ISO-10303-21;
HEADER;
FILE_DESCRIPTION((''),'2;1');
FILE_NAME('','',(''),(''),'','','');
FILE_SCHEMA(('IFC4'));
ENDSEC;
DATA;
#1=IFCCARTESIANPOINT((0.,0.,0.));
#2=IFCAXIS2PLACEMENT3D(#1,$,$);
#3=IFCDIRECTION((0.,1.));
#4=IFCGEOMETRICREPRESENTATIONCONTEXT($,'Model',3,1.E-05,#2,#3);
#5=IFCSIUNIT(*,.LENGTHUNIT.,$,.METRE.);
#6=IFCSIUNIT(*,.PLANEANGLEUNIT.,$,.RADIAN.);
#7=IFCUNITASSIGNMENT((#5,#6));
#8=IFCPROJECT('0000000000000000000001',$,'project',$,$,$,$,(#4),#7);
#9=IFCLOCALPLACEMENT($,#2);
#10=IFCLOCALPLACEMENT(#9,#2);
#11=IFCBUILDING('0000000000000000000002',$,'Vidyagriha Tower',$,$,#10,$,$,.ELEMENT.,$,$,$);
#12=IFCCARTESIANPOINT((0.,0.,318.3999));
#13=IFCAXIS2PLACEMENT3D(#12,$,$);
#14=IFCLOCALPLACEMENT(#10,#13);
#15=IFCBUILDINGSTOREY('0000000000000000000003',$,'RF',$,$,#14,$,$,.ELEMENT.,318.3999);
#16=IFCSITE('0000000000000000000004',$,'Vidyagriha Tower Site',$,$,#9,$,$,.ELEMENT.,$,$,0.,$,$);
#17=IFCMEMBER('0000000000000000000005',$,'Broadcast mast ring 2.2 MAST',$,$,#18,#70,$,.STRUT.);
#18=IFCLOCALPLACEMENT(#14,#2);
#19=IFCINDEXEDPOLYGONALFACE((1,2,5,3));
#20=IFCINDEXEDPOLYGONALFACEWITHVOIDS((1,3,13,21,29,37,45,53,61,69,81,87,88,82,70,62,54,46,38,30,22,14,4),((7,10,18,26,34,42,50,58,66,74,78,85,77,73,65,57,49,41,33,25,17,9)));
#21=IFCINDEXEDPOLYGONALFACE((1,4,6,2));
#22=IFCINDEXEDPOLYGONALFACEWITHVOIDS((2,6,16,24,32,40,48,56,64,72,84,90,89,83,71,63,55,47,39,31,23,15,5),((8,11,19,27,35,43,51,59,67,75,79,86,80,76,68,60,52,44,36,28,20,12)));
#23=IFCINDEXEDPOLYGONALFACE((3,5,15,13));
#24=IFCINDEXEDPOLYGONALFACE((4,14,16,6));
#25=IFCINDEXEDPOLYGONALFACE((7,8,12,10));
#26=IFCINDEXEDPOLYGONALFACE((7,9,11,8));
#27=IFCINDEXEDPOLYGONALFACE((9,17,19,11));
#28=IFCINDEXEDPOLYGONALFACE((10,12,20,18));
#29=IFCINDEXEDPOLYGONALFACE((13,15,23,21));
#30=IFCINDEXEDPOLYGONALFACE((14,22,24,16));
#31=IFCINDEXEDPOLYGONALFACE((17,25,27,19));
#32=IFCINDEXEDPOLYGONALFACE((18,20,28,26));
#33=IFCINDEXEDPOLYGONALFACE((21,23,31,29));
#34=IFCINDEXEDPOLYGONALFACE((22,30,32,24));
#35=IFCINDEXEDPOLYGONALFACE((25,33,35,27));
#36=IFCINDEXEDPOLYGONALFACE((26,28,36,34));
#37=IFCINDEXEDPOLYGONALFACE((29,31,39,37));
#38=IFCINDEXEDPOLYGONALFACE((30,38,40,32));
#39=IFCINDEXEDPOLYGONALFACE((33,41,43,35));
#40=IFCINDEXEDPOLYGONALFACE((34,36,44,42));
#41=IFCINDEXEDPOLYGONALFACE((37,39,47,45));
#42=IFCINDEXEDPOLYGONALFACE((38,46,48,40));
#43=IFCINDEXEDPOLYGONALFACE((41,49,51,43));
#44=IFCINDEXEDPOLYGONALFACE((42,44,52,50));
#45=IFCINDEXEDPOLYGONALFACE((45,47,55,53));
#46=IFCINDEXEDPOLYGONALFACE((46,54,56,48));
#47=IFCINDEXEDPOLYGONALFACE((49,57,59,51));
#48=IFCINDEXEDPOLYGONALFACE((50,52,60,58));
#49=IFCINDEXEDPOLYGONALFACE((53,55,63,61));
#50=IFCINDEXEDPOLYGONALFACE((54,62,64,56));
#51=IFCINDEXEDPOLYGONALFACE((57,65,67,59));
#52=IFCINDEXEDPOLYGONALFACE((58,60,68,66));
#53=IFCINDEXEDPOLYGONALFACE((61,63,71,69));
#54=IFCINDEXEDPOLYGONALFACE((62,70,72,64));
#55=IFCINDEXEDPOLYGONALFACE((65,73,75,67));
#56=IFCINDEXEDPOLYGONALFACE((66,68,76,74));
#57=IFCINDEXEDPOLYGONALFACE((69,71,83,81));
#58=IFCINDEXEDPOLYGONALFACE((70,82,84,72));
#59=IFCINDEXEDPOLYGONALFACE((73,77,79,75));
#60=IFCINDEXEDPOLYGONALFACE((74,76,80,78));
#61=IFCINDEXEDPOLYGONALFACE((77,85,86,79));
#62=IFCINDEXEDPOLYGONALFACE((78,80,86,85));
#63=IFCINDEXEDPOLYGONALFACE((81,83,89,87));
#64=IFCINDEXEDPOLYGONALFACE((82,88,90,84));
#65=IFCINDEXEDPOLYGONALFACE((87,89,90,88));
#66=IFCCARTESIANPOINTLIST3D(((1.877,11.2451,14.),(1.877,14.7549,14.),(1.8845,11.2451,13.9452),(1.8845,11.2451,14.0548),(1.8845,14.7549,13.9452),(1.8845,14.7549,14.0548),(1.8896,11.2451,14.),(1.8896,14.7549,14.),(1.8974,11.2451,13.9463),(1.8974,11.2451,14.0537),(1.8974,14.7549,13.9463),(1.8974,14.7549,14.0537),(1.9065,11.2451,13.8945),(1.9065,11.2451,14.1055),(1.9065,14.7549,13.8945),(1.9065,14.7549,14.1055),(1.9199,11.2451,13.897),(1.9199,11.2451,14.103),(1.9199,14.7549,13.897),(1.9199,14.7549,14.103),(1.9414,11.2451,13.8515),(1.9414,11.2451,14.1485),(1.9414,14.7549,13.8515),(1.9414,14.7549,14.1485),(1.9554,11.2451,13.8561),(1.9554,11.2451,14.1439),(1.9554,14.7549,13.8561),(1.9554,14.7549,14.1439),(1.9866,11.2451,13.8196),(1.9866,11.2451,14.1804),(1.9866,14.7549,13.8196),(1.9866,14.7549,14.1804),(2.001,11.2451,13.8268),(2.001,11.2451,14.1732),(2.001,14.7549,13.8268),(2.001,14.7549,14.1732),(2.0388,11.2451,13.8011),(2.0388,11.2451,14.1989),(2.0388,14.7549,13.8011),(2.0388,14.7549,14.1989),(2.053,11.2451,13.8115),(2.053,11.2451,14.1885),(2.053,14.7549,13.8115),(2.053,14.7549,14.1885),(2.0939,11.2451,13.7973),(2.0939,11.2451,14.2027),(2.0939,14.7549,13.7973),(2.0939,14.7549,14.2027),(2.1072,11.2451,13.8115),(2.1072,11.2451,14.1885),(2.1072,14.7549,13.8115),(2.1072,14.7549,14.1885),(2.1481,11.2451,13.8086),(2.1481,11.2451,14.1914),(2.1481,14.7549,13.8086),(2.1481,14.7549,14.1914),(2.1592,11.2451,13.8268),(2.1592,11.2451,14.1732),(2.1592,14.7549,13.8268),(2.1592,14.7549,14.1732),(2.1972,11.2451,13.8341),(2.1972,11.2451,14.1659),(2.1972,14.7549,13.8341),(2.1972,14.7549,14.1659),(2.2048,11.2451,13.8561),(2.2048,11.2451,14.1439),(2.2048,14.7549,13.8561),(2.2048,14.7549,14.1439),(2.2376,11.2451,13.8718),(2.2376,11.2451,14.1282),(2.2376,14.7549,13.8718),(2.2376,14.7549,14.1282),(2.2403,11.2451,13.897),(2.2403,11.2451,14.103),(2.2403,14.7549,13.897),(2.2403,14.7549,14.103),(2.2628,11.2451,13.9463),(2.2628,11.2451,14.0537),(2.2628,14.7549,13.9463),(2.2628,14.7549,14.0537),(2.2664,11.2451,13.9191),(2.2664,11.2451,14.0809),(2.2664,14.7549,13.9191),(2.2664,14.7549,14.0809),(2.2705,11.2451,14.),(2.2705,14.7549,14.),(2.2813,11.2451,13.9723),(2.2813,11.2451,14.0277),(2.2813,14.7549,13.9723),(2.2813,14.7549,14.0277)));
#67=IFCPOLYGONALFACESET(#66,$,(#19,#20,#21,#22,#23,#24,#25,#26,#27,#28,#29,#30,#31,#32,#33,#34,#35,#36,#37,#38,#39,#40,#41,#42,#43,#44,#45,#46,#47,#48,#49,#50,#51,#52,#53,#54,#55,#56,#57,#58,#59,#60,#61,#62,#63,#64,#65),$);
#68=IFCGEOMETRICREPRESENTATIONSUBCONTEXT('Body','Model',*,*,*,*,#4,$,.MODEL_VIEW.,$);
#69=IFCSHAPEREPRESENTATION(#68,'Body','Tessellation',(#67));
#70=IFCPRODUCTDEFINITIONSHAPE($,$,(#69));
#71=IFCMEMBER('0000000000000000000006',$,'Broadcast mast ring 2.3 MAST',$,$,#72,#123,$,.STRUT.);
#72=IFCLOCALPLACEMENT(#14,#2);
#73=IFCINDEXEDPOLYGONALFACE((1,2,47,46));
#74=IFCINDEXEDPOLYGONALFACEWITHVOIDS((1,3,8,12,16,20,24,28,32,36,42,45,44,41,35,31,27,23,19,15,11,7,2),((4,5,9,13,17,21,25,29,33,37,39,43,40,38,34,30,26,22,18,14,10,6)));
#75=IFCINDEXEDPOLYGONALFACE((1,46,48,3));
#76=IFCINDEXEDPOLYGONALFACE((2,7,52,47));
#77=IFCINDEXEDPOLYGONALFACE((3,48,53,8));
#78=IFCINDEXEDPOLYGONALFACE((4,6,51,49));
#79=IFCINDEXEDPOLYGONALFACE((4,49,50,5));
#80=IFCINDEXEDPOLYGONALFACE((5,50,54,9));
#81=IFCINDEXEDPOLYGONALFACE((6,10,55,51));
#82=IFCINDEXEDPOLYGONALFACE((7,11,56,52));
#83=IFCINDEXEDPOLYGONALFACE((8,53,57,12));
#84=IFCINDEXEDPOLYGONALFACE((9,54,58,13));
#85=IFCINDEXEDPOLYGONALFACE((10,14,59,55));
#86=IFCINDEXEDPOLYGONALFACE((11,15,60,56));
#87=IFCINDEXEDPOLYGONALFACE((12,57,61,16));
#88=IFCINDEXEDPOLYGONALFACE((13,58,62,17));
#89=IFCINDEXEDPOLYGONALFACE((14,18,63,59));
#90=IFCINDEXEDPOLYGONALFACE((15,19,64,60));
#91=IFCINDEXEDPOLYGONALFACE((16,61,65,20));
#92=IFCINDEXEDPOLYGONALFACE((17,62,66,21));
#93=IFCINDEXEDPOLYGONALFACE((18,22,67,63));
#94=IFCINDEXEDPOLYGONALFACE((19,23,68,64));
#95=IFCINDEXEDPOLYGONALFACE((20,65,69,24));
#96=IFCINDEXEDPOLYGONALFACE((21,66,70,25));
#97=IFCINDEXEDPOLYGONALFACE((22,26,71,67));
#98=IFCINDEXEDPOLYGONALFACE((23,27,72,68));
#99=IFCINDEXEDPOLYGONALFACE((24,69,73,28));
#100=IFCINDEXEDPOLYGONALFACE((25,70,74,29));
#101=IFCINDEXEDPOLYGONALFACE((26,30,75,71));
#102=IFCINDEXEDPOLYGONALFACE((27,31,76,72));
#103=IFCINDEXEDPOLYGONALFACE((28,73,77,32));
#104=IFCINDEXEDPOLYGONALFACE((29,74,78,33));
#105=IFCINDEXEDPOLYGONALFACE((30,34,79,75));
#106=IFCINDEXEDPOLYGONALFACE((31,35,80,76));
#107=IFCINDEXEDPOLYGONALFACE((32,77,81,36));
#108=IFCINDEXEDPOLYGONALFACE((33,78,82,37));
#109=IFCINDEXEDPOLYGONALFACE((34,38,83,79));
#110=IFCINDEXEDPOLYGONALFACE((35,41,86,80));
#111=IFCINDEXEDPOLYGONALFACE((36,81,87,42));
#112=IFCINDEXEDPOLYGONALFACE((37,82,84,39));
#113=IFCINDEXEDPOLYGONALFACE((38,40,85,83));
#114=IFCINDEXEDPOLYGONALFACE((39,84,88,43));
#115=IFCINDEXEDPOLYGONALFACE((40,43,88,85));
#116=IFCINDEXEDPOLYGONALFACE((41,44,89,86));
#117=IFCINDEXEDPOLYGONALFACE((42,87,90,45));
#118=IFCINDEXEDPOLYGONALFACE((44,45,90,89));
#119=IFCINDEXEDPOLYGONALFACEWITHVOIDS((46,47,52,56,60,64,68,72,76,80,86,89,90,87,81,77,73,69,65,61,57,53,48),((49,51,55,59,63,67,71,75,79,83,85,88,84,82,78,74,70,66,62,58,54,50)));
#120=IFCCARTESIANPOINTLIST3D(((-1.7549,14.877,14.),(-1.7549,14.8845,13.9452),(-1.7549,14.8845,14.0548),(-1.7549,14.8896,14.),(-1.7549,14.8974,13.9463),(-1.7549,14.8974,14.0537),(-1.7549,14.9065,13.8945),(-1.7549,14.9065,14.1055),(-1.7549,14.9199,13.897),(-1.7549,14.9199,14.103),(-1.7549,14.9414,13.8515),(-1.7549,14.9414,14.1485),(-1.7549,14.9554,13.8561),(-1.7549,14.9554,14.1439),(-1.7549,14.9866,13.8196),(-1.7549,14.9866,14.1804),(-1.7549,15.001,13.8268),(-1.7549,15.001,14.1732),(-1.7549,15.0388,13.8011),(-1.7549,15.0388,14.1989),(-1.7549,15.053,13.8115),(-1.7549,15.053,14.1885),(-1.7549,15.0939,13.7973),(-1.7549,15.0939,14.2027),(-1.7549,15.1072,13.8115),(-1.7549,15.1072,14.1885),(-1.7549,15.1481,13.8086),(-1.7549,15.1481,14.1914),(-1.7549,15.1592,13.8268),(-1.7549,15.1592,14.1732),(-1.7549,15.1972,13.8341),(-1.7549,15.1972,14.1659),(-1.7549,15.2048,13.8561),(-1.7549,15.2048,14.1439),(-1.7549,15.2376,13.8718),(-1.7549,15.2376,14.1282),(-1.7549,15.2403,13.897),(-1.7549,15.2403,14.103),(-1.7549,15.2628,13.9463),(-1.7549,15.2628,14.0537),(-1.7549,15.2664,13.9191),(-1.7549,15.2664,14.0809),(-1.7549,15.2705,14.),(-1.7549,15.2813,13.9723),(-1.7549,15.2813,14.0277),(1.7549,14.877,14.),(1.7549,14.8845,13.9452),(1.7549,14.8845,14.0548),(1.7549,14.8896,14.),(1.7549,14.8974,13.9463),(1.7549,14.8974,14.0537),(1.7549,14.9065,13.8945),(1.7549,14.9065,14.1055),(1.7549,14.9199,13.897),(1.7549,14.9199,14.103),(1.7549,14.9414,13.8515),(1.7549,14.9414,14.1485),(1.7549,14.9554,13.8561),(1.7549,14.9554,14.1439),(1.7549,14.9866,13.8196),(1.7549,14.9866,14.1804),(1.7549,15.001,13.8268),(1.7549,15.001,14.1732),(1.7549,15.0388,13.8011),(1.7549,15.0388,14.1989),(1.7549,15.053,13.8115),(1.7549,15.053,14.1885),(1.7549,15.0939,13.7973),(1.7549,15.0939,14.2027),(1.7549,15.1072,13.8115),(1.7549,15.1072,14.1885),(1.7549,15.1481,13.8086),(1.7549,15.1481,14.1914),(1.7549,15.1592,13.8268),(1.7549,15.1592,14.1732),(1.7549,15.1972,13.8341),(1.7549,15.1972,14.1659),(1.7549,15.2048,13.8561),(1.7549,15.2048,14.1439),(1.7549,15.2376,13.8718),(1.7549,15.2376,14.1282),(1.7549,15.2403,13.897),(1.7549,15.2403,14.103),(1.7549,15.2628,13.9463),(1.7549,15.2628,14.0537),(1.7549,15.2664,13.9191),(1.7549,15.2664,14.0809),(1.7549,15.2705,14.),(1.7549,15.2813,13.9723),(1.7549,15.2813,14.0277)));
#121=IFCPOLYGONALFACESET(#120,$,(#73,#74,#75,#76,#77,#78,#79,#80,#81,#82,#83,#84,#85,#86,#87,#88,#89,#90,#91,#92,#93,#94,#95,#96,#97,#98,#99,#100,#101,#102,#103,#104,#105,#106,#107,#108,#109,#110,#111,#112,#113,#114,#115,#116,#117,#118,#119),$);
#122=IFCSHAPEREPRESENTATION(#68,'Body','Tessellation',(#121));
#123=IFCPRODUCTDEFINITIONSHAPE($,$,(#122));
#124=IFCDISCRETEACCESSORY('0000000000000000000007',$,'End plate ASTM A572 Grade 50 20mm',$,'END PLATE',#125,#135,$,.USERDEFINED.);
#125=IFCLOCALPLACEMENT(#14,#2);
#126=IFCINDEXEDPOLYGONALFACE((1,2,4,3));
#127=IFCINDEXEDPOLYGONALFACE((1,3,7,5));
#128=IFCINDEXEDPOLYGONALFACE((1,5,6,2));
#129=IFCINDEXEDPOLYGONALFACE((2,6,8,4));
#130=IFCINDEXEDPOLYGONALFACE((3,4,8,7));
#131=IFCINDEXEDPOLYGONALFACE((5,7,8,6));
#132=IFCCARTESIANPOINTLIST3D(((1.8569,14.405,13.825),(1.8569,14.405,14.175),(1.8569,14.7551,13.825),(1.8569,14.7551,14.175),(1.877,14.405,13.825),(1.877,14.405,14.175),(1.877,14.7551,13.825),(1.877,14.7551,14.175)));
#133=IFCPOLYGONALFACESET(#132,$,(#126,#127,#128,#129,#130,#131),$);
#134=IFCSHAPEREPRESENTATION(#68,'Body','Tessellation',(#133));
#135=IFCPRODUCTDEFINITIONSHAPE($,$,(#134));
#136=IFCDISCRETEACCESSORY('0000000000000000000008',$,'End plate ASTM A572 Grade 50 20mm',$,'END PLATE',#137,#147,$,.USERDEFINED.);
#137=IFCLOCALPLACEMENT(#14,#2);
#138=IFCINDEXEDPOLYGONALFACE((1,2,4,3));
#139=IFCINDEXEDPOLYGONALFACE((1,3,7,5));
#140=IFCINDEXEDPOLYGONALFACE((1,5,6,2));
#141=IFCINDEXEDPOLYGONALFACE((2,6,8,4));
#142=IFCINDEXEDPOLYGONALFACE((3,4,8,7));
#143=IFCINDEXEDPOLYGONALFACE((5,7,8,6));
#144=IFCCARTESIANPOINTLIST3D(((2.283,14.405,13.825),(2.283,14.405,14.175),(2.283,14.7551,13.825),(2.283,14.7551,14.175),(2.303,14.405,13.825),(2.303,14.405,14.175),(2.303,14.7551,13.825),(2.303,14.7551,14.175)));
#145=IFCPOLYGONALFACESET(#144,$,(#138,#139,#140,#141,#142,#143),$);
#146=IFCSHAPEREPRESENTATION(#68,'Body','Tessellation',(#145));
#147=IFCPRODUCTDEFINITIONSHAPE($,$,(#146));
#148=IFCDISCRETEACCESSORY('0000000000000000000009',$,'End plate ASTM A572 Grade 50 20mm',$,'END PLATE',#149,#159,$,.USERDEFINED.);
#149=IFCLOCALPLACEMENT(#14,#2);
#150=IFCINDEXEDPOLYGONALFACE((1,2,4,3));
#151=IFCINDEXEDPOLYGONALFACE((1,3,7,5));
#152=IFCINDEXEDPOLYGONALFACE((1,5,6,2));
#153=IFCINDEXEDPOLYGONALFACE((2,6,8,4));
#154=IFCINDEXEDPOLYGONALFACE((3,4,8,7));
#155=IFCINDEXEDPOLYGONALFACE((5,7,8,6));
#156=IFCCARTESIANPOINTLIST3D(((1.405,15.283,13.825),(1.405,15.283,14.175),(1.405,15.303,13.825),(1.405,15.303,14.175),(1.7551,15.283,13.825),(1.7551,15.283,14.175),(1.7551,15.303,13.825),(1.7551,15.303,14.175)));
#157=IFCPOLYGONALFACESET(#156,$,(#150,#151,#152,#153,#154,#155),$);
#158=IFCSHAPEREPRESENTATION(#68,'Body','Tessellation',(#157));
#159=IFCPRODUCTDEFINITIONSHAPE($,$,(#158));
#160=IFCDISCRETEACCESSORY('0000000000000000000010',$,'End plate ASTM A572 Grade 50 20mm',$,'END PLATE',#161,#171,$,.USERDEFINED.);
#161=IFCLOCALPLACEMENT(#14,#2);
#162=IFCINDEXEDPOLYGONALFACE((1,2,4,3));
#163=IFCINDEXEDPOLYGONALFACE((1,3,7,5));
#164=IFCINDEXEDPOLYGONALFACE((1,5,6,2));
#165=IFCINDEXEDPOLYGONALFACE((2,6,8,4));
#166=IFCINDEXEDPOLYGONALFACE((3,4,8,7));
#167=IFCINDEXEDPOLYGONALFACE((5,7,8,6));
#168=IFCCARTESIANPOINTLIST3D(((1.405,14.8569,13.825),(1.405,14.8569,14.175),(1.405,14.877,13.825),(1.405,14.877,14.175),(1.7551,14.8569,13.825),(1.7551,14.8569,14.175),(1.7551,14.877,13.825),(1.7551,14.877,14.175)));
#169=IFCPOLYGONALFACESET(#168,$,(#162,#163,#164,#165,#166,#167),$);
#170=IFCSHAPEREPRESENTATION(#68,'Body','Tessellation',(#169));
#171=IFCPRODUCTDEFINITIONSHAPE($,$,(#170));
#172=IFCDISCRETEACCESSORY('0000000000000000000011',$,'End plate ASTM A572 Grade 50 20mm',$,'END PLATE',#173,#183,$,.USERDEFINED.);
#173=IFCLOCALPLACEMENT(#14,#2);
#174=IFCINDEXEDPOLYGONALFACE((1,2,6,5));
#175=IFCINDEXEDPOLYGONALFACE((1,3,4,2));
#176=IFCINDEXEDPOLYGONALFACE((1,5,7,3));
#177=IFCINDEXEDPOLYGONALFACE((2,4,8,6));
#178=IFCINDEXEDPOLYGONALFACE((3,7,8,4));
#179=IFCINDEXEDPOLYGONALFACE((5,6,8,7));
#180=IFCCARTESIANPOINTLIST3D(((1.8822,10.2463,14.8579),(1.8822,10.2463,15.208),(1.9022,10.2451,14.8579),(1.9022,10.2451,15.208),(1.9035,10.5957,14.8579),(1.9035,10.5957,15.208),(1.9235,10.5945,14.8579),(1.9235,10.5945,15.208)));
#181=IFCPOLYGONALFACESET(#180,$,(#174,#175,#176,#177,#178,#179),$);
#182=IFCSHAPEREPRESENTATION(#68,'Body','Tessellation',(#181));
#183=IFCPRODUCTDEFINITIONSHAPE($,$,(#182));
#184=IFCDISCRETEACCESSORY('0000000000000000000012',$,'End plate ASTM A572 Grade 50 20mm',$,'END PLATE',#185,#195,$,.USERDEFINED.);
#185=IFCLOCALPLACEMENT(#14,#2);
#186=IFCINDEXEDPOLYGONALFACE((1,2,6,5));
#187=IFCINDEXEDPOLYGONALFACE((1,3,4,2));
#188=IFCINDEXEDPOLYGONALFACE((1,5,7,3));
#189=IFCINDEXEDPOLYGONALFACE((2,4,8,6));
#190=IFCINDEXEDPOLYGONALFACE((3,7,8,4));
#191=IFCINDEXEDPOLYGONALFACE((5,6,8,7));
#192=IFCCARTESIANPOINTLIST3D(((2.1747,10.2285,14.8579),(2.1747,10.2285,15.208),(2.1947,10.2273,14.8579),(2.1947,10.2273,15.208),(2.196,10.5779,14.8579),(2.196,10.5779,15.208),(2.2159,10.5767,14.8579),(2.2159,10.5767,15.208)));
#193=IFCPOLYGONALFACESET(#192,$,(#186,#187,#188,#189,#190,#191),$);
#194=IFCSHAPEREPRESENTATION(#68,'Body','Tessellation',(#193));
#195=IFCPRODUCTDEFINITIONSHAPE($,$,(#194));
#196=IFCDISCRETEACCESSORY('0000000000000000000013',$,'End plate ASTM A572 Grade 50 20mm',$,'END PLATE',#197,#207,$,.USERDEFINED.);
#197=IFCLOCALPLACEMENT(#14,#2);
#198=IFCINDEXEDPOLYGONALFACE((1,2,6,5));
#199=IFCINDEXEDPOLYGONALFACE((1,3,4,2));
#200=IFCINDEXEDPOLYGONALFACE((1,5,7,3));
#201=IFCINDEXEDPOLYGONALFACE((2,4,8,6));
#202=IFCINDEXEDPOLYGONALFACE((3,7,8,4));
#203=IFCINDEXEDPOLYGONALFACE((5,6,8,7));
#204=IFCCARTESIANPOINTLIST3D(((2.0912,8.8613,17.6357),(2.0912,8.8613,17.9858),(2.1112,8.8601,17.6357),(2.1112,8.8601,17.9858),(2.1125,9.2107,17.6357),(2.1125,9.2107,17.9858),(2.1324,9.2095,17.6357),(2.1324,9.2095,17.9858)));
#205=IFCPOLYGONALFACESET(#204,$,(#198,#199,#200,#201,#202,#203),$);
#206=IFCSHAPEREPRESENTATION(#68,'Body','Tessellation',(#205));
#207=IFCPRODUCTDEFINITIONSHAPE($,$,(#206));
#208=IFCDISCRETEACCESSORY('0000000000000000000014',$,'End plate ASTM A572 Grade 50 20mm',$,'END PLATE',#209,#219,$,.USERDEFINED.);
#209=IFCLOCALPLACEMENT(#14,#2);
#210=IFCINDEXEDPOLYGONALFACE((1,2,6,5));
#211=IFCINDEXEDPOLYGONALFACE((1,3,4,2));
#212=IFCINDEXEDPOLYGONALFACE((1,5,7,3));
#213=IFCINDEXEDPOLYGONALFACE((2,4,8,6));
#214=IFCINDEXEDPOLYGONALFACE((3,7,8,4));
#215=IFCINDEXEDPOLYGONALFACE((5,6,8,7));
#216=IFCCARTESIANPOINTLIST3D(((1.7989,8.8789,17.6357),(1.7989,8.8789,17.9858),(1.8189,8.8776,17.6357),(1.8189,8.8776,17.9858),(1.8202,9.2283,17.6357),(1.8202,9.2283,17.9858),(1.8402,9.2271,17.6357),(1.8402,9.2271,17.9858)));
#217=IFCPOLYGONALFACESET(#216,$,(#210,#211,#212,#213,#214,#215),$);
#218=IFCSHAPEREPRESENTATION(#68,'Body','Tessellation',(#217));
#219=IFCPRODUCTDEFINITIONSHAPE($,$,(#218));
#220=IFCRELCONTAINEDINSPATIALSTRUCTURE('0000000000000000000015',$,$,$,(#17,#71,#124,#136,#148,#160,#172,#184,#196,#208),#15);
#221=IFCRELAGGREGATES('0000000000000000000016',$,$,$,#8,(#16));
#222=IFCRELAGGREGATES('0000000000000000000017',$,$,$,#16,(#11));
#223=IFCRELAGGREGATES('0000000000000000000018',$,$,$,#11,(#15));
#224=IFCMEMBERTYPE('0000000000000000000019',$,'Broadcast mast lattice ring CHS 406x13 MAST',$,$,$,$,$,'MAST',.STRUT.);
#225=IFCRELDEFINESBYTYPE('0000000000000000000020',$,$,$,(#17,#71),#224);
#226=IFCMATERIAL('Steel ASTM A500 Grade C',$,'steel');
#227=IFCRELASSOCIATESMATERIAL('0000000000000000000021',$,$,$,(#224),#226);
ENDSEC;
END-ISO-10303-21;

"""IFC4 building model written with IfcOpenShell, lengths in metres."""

from ifc_helpers import new_model, si_unit, direction, frame, origin, origin_2d, place, context, subcontext, project, spatial, rectangle, hollow_circle, extrude, material, material_profile, profile_set, type_object, element, save


model = new_model("IFC4")

# Units and contexts
model_context = context("Model", 3, precision=1e-05, world=origin(), true_north=direction((0.0, 1.0)))
body_context = subcontext(model_context, "Body", "Model", "MODEL_VIEW")
ifc_project = project(units=[si_unit("LENGTHUNIT", "METRE"), si_unit("PLANEANGLEUNIT", "RADIAN")], contexts=[model_context])

# Site, building, storey
site_placement = place(None, origin())
site = spatial("IfcSite", under=ifc_project, at=site_placement, Name="Vidyagriha Tower Site", CompositionType="ELEMENT", RefElevation=0.0)
building_placement = place(site_placement, origin())
building = spatial("IfcBuilding", under=site, at=building_placement, Name="Vidyagriha Tower", CompositionType="ELEMENT")
storey_placement = place(building_placement, frame((0.0, 0.0, 318.3999)))
storey = spatial("IfcBuildingStorey", under=building, at=storey_placement, Name="RF", CompositionType="ELEMENT", Elevation=318.3999)

# Members
ifc_material_1 = material(Name="Steel ASTM A500 Grade C", Category="steel")
ifc_material_profile_1 = material_profile(ifc_material_1, hollow_circle(Radius=0.2031, WallThickness=0.0127, at=origin_2d()), Name="Broadcast mast lattice ring CHS 406x13 MAST")
ifc_profile_set_1 = profile_set([ifc_material_profile_1], Name="Steel ASTM A500 Grade C")
member_type_1 = type_object("IfcMemberType", Name="Broadcast mast lattice ring CHS 406x13 MAST", ElementType="MAST", PredefinedType="STRUT", material=ifc_profile_set_1)
for number, where, z_axis, x_axis, name in (
    (1, (2.0801, 11.2451, 14.0), (0.0, 1.0, 0.0), (-1.0, 0.0, 0.0), "Broadcast mast ring 2.2 MAST"),
    (2, (1.7549, 15.0801, 14.0), (-1.0, 0.0, 0.0), (0.0, -1.0, 0.0), "Broadcast mast ring 2.3 MAST"),
):
    element("IfcMember", number, at=place(storey_placement, frame(where, z_axis=z_axis, x_axis=x_axis)), inside=storey, type_object=member_type_1, Name=name, PredefinedType="STRUT", context=body_context, shape_type="SweptSolid", body=[
        extrude(hollow_circle(Radius=0.2031, WallThickness=0.0127, at=origin_2d()), origin(), (0.0, 0.0, 1.0), 3.5098),
    ])

# Discrete accessories
for number, where, z_axis, x_axis, name in (
    (3, (1.8669, 14.5801, 13.825), (0.0, 0.0, 1.0), (0.0, 1.0, 0.0), "End plate ASTM A572 Grade 50 20mm"),
    (4, (2.293, 14.5801, 13.825), (0.0, 0.0, 1.0), (0.0, 1.0, 0.0), "End plate ASTM A572 Grade 50 20mm"),
):
    element("IfcDiscreteAccessory", number, at=place(storey_placement, frame(where, z_axis=z_axis, x_axis=x_axis)), inside=storey, Name=name, ObjectType="END PLATE", PredefinedType="USERDEFINED", context=body_context, shape_type="SweptSolid", body=[
        extrude(rectangle(XDim=0.3501, YDim=0.02, at=origin_2d()), origin(), (0.0, 0.0, 1.0), 0.3501),
    ])
for number, where, name in (
    (5, (1.5801, 15.293, 13.825), "End plate ASTM A572 Grade 50 20mm"),
    (6, (1.5801, 14.8669, 13.825), "End plate ASTM A572 Grade 50 20mm"),
):
    element("IfcDiscreteAccessory", number, at=place(storey_placement, frame(where)), inside=storey, Name=name, ObjectType="END PLATE", PredefinedType="USERDEFINED", context=body_context, shape_type="SweptSolid", body=[
        extrude(rectangle(XDim=0.3501, YDim=0.02, at=origin_2d()), origin(), (0.0, 0.0, 1.0), 0.3501),
    ])
for number, where, z_axis, x_axis, name in (
    (7, (1.9028, 10.4204, 14.8579), (0.0, 0.0, 1.0), (0.060794, 0.99815, 0.0), "End plate ASTM A572 Grade 50 20mm"),
    (8, (2.1953, 10.4026, 14.8579), (0.0, 0.0, 1.0), (0.060794, 0.99815, 0.0), "End plate ASTM A572 Grade 50 20mm"),
    (9, (2.1118, 9.0354, 17.6357), (0.0, 0.0, 1.0), (-0.060794, -0.99815, 0.0), "End plate ASTM A572 Grade 50 20mm"),
    (10, (1.8196, 9.053, 17.6357), (0.0, 0.0, 1.0), (-0.060794, -0.99815, 0.0), "End plate ASTM A572 Grade 50 20mm"),
):
    element("IfcDiscreteAccessory", number, at=place(storey_placement, frame(where, z_axis=z_axis, x_axis=x_axis)), inside=storey, Name=name, ObjectType="END PLATE", PredefinedType="USERDEFINED", context=body_context, shape_type="SweptSolid", body=[
        extrude(rectangle(XDim=0.3501, YDim=0.02, at=origin_2d()), origin(), (0.0, 0.0, 1.0), 0.3501),
    ])

save(model, "model.ifc")
